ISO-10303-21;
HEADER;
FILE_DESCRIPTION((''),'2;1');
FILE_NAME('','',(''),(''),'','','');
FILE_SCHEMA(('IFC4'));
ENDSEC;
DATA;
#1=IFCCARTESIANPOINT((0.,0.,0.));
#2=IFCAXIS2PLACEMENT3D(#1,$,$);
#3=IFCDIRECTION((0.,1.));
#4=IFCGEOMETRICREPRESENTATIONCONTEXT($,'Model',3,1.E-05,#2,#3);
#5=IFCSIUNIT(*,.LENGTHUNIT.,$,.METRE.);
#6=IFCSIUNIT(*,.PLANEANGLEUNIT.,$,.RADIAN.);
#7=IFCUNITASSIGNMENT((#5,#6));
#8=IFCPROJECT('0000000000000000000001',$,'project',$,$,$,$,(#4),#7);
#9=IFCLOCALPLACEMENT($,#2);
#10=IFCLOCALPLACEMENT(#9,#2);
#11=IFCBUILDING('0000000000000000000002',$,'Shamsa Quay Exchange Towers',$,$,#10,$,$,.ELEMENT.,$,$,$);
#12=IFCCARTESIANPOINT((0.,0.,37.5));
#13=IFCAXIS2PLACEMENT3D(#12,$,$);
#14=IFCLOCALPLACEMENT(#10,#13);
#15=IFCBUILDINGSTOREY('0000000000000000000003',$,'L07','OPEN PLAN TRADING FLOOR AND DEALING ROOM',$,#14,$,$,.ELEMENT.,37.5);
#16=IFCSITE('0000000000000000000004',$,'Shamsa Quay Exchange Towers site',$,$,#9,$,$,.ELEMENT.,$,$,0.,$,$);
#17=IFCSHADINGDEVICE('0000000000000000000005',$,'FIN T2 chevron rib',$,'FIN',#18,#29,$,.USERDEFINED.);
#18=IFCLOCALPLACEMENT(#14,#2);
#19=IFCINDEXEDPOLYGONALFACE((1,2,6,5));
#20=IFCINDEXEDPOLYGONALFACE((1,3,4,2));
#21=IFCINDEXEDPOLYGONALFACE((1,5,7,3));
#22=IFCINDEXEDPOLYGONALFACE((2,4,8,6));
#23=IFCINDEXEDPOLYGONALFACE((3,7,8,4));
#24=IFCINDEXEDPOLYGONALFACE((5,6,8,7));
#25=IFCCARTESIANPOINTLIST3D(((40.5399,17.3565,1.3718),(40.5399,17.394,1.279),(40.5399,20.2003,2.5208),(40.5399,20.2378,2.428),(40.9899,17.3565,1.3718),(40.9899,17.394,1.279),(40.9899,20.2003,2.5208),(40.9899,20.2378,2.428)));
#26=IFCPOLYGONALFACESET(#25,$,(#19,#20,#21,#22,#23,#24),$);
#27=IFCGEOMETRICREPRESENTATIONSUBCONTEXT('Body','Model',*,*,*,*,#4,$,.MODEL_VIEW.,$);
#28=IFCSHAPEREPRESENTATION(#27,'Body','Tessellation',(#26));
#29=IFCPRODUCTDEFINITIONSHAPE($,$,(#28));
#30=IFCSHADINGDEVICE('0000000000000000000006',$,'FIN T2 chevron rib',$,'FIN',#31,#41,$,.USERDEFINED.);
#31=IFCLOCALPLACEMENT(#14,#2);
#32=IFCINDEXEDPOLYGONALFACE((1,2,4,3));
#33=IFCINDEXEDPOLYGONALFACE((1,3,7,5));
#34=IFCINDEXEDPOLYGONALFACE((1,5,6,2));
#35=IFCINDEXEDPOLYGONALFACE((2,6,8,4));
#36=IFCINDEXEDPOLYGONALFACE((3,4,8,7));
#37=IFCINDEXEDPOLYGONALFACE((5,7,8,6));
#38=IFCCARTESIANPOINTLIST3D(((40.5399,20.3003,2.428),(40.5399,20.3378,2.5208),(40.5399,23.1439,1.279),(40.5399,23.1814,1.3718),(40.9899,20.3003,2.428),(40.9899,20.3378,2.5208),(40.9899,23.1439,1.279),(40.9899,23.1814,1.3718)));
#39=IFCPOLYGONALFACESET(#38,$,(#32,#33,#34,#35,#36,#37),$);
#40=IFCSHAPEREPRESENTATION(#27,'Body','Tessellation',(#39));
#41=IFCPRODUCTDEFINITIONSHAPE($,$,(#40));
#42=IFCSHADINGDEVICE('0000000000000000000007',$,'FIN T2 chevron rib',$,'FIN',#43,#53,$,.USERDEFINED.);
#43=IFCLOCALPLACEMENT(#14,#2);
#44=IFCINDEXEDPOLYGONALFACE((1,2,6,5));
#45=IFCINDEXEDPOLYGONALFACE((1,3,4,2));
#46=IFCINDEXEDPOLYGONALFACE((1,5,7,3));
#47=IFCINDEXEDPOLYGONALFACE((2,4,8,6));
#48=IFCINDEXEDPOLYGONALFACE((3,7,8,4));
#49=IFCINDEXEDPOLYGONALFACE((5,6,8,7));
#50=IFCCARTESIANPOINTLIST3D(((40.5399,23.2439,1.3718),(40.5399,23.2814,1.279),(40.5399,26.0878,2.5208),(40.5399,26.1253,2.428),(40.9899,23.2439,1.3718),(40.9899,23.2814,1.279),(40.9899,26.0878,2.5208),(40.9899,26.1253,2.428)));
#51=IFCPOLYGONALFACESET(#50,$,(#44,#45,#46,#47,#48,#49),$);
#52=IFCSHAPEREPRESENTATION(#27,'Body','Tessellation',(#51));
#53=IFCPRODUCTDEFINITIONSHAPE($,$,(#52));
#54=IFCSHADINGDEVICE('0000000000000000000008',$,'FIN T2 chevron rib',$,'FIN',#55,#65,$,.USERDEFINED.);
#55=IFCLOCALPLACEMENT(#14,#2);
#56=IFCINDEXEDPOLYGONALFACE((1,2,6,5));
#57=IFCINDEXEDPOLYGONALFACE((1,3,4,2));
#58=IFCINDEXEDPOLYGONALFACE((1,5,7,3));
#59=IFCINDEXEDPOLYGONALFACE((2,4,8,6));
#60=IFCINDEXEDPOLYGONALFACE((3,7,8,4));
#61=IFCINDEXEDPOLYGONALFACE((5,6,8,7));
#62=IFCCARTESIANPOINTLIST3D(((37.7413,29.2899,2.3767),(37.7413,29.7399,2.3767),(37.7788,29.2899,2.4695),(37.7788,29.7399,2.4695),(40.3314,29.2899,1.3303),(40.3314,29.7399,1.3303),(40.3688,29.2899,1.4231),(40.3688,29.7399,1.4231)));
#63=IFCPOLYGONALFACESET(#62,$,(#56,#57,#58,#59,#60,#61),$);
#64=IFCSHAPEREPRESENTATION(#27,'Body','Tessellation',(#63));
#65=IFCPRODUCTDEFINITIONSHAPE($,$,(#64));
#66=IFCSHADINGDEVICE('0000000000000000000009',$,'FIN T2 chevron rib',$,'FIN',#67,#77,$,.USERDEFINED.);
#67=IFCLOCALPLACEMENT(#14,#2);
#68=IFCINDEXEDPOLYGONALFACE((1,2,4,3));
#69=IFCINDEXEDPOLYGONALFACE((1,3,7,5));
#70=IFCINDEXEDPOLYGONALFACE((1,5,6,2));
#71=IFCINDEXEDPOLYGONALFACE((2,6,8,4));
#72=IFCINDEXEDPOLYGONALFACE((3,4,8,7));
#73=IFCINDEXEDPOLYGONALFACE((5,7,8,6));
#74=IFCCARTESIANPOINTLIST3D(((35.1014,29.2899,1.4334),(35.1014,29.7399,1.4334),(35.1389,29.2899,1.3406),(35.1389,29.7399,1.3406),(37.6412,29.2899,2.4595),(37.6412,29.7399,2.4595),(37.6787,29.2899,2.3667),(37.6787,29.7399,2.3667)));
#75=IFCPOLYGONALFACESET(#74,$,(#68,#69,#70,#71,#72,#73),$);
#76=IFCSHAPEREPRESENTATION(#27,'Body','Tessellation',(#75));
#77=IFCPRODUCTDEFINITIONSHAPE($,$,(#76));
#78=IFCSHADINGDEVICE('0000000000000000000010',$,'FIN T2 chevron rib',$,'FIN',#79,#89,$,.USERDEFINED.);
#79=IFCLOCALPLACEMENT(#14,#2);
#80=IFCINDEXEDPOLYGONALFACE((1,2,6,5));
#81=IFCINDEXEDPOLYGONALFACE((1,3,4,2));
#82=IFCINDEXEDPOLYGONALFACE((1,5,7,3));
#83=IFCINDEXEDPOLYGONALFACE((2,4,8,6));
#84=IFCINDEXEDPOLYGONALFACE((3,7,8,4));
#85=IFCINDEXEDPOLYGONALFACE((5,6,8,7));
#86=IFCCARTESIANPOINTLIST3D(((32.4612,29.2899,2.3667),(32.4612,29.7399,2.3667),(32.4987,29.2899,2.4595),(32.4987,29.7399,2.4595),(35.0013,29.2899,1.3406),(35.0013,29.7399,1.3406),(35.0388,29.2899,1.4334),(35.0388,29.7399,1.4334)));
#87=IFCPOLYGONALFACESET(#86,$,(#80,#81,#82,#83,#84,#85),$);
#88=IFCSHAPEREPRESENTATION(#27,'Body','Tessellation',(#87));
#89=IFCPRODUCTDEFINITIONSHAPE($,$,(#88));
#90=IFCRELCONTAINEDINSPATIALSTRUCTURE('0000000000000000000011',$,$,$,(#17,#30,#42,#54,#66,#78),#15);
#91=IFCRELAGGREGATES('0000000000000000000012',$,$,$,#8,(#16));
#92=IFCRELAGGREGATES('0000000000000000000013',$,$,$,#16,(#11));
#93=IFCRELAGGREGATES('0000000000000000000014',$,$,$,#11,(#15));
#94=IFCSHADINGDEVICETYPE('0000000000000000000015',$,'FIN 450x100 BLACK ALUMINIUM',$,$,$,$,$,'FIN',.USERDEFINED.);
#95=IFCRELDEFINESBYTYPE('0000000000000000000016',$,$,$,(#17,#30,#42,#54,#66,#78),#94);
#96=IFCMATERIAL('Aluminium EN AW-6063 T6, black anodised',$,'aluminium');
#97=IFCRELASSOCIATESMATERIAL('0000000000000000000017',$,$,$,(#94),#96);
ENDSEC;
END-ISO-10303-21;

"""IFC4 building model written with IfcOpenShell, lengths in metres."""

from ifc_helpers import new_model, si_unit, direction, frame, origin, origin_2d, place, context, subcontext, project, spatial, rectangle, extrude, material, material_profile, profile_set, type_object, element, save


model = new_model("IFC4")

# Units and contexts
model_context = context("Model", 3, precision=1e-05, world=origin(), true_north=direction((0.0, 1.0)))
body_context = subcontext(model_context, "Body", "Model", "MODEL_VIEW")
ifc_project = project(units=[si_unit("LENGTHUNIT", "METRE"), si_unit("PLANEANGLEUNIT", "RADIAN")], contexts=[model_context])

# Site, building, storey
site_placement = place(None, origin())
site = spatial("IfcSite", under=ifc_project, at=site_placement, Name="Shamsa Quay Exchange Towers site", CompositionType="ELEMENT", RefElevation=0.0)
building_placement = place(site_placement, origin())
building = spatial("IfcBuilding", under=site, at=building_placement, Name="Shamsa Quay Exchange Towers", CompositionType="ELEMENT")
storey_placement = place(building_placement, frame((0.0, 0.0, 37.5)))
storey = spatial("IfcBuildingStorey", under=building, at=storey_placement, Name="L07", Description="OPEN PLAN TRADING FLOOR AND DEALING ROOM", CompositionType="ELEMENT", Elevation=37.5)

# Shared definitions
ifc_material_1 = material(Name="Aluminium EN AW-6063 T6, black anodised", Category="aluminium")

# Shading devices
ifc_material_profile_1 = material_profile(ifc_material_1, rectangle(XDim=0.45, YDim=0.1001, at=origin_2d()), Name="FIN450x100")
ifc_profile_set_1 = profile_set([ifc_material_profile_1], Name="Aluminium EN AW-6063 T6, black anodised")
shading_device_type = type_object("IfcShadingDeviceType", Name="FIN 450x100 BLACK ALUMINIUM", ElementType="FIN", PredefinedType="USERDEFINED", material=ifc_profile_set_1)
for number, where, z_axis, x_axis, name in (
    (1, (40.7649, 17.3752, 1.3254), (0.0, 0.927187, 0.3746), (-1.0, 0.0, 0.0), "FIN T2 chevron rib"),
):
    element("IfcShadingDevice", number, at=place(storey_placement, frame(where, z_axis=z_axis, x_axis=x_axis)), inside=storey, type_object=shading_device_type, Name=name, ObjectType="FIN", PredefinedType="USERDEFINED", context=body_context, shape_type="SweptSolid", body=[
        extrude(rectangle(XDim=0.45, YDim=0.1001, at=origin_2d()), origin(), (0.0, 0.0, 1.0), 3.0671),
    ])
shading_device_1_placement = place(storey_placement, frame((40.7649, 20.3191, 2.4744), z_axis=(0.0, 0.927175, -0.374628), x_axis=(-1.0, 0.0, 0.0)))
element("IfcShadingDevice", 2, at=shading_device_1_placement, inside=storey, type_object=shading_device_type, Name="FIN T2 chevron rib", ObjectType="FIN", PredefinedType="USERDEFINED", context=body_context, shape_type="SweptSolid", body=[
    extrude(rectangle(XDim=0.45, YDim=0.1001, at=origin_2d()), origin(), (0.0, 0.0, 1.0), 3.0669),
])
shading_device_2_placement = place(storey_placement, frame((40.7649, 23.2627, 1.3254), z_axis=(0.0, 0.927187, 0.3746), x_axis=(-1.0, 0.0, 0.0)))
element("IfcShadingDevice", 3, at=shading_device_2_placement, inside=storey, type_object=shading_device_type, Name="FIN T2 chevron rib", ObjectType="FIN", PredefinedType="USERDEFINED", context=body_context, shape_type="SweptSolid", body=[
    extrude(rectangle(XDim=0.45, YDim=0.1001, at=origin_2d()), origin(), (0.0, 0.0, 1.0), 3.0671),
])
shading_device_3_placement = place(storey_placement, frame((40.3501, 29.5149, 1.3767), z_axis=(-0.927193, 0.0, 0.374583), x_axis=(0.0, -1.0, 0.0)))
element("IfcShadingDevice", 4, at=shading_device_3_placement, inside=storey, type_object=shading_device_type, Name="FIN T2 chevron rib", ObjectType="FIN", PredefinedType="USERDEFINED", context=body_context, shape_type="SweptSolid", body=[
    extrude(rectangle(XDim=0.45, YDim=0.1001, at=origin_2d()), origin(), (0.0, 0.0, 1.0), 2.7935),
])
shading_device_4_placement = place(storey_placement, frame((37.6599, 29.5149, 2.4131), z_axis=(-0.927186, 0.0, -0.3746), x_axis=(0.0, -1.0, 0.0)))
element("IfcShadingDevice", 5, at=shading_device_4_placement, inside=storey, type_object=shading_device_type, Name="FIN T2 chevron rib", ObjectType="FIN", PredefinedType="USERDEFINED", context=body_context, shape_type="SweptSolid", body=[
    extrude(rectangle(XDim=0.45, YDim=0.1001, at=origin_2d()), origin(), (0.0, 0.0, 1.0), 2.7393),
])
shading_device_5_placement = place(storey_placement, frame((35.02, 29.5149, 1.387), z_axis=(-0.927199, 0.0, 0.374569), x_axis=(0.0, -1.0, 0.0)))
element("IfcShadingDevice", 6, at=shading_device_5_placement, inside=storey, type_object=shading_device_type, Name="FIN T2 chevron rib", ObjectType="FIN", PredefinedType="USERDEFINED", context=body_context, shape_type="SweptSolid", body=[
    extrude(rectangle(XDim=0.45, YDim=0.1001, at=origin_2d()), origin(), (0.0, 0.0, 1.0), 2.7395),
])

save(model, "model.ifc")
